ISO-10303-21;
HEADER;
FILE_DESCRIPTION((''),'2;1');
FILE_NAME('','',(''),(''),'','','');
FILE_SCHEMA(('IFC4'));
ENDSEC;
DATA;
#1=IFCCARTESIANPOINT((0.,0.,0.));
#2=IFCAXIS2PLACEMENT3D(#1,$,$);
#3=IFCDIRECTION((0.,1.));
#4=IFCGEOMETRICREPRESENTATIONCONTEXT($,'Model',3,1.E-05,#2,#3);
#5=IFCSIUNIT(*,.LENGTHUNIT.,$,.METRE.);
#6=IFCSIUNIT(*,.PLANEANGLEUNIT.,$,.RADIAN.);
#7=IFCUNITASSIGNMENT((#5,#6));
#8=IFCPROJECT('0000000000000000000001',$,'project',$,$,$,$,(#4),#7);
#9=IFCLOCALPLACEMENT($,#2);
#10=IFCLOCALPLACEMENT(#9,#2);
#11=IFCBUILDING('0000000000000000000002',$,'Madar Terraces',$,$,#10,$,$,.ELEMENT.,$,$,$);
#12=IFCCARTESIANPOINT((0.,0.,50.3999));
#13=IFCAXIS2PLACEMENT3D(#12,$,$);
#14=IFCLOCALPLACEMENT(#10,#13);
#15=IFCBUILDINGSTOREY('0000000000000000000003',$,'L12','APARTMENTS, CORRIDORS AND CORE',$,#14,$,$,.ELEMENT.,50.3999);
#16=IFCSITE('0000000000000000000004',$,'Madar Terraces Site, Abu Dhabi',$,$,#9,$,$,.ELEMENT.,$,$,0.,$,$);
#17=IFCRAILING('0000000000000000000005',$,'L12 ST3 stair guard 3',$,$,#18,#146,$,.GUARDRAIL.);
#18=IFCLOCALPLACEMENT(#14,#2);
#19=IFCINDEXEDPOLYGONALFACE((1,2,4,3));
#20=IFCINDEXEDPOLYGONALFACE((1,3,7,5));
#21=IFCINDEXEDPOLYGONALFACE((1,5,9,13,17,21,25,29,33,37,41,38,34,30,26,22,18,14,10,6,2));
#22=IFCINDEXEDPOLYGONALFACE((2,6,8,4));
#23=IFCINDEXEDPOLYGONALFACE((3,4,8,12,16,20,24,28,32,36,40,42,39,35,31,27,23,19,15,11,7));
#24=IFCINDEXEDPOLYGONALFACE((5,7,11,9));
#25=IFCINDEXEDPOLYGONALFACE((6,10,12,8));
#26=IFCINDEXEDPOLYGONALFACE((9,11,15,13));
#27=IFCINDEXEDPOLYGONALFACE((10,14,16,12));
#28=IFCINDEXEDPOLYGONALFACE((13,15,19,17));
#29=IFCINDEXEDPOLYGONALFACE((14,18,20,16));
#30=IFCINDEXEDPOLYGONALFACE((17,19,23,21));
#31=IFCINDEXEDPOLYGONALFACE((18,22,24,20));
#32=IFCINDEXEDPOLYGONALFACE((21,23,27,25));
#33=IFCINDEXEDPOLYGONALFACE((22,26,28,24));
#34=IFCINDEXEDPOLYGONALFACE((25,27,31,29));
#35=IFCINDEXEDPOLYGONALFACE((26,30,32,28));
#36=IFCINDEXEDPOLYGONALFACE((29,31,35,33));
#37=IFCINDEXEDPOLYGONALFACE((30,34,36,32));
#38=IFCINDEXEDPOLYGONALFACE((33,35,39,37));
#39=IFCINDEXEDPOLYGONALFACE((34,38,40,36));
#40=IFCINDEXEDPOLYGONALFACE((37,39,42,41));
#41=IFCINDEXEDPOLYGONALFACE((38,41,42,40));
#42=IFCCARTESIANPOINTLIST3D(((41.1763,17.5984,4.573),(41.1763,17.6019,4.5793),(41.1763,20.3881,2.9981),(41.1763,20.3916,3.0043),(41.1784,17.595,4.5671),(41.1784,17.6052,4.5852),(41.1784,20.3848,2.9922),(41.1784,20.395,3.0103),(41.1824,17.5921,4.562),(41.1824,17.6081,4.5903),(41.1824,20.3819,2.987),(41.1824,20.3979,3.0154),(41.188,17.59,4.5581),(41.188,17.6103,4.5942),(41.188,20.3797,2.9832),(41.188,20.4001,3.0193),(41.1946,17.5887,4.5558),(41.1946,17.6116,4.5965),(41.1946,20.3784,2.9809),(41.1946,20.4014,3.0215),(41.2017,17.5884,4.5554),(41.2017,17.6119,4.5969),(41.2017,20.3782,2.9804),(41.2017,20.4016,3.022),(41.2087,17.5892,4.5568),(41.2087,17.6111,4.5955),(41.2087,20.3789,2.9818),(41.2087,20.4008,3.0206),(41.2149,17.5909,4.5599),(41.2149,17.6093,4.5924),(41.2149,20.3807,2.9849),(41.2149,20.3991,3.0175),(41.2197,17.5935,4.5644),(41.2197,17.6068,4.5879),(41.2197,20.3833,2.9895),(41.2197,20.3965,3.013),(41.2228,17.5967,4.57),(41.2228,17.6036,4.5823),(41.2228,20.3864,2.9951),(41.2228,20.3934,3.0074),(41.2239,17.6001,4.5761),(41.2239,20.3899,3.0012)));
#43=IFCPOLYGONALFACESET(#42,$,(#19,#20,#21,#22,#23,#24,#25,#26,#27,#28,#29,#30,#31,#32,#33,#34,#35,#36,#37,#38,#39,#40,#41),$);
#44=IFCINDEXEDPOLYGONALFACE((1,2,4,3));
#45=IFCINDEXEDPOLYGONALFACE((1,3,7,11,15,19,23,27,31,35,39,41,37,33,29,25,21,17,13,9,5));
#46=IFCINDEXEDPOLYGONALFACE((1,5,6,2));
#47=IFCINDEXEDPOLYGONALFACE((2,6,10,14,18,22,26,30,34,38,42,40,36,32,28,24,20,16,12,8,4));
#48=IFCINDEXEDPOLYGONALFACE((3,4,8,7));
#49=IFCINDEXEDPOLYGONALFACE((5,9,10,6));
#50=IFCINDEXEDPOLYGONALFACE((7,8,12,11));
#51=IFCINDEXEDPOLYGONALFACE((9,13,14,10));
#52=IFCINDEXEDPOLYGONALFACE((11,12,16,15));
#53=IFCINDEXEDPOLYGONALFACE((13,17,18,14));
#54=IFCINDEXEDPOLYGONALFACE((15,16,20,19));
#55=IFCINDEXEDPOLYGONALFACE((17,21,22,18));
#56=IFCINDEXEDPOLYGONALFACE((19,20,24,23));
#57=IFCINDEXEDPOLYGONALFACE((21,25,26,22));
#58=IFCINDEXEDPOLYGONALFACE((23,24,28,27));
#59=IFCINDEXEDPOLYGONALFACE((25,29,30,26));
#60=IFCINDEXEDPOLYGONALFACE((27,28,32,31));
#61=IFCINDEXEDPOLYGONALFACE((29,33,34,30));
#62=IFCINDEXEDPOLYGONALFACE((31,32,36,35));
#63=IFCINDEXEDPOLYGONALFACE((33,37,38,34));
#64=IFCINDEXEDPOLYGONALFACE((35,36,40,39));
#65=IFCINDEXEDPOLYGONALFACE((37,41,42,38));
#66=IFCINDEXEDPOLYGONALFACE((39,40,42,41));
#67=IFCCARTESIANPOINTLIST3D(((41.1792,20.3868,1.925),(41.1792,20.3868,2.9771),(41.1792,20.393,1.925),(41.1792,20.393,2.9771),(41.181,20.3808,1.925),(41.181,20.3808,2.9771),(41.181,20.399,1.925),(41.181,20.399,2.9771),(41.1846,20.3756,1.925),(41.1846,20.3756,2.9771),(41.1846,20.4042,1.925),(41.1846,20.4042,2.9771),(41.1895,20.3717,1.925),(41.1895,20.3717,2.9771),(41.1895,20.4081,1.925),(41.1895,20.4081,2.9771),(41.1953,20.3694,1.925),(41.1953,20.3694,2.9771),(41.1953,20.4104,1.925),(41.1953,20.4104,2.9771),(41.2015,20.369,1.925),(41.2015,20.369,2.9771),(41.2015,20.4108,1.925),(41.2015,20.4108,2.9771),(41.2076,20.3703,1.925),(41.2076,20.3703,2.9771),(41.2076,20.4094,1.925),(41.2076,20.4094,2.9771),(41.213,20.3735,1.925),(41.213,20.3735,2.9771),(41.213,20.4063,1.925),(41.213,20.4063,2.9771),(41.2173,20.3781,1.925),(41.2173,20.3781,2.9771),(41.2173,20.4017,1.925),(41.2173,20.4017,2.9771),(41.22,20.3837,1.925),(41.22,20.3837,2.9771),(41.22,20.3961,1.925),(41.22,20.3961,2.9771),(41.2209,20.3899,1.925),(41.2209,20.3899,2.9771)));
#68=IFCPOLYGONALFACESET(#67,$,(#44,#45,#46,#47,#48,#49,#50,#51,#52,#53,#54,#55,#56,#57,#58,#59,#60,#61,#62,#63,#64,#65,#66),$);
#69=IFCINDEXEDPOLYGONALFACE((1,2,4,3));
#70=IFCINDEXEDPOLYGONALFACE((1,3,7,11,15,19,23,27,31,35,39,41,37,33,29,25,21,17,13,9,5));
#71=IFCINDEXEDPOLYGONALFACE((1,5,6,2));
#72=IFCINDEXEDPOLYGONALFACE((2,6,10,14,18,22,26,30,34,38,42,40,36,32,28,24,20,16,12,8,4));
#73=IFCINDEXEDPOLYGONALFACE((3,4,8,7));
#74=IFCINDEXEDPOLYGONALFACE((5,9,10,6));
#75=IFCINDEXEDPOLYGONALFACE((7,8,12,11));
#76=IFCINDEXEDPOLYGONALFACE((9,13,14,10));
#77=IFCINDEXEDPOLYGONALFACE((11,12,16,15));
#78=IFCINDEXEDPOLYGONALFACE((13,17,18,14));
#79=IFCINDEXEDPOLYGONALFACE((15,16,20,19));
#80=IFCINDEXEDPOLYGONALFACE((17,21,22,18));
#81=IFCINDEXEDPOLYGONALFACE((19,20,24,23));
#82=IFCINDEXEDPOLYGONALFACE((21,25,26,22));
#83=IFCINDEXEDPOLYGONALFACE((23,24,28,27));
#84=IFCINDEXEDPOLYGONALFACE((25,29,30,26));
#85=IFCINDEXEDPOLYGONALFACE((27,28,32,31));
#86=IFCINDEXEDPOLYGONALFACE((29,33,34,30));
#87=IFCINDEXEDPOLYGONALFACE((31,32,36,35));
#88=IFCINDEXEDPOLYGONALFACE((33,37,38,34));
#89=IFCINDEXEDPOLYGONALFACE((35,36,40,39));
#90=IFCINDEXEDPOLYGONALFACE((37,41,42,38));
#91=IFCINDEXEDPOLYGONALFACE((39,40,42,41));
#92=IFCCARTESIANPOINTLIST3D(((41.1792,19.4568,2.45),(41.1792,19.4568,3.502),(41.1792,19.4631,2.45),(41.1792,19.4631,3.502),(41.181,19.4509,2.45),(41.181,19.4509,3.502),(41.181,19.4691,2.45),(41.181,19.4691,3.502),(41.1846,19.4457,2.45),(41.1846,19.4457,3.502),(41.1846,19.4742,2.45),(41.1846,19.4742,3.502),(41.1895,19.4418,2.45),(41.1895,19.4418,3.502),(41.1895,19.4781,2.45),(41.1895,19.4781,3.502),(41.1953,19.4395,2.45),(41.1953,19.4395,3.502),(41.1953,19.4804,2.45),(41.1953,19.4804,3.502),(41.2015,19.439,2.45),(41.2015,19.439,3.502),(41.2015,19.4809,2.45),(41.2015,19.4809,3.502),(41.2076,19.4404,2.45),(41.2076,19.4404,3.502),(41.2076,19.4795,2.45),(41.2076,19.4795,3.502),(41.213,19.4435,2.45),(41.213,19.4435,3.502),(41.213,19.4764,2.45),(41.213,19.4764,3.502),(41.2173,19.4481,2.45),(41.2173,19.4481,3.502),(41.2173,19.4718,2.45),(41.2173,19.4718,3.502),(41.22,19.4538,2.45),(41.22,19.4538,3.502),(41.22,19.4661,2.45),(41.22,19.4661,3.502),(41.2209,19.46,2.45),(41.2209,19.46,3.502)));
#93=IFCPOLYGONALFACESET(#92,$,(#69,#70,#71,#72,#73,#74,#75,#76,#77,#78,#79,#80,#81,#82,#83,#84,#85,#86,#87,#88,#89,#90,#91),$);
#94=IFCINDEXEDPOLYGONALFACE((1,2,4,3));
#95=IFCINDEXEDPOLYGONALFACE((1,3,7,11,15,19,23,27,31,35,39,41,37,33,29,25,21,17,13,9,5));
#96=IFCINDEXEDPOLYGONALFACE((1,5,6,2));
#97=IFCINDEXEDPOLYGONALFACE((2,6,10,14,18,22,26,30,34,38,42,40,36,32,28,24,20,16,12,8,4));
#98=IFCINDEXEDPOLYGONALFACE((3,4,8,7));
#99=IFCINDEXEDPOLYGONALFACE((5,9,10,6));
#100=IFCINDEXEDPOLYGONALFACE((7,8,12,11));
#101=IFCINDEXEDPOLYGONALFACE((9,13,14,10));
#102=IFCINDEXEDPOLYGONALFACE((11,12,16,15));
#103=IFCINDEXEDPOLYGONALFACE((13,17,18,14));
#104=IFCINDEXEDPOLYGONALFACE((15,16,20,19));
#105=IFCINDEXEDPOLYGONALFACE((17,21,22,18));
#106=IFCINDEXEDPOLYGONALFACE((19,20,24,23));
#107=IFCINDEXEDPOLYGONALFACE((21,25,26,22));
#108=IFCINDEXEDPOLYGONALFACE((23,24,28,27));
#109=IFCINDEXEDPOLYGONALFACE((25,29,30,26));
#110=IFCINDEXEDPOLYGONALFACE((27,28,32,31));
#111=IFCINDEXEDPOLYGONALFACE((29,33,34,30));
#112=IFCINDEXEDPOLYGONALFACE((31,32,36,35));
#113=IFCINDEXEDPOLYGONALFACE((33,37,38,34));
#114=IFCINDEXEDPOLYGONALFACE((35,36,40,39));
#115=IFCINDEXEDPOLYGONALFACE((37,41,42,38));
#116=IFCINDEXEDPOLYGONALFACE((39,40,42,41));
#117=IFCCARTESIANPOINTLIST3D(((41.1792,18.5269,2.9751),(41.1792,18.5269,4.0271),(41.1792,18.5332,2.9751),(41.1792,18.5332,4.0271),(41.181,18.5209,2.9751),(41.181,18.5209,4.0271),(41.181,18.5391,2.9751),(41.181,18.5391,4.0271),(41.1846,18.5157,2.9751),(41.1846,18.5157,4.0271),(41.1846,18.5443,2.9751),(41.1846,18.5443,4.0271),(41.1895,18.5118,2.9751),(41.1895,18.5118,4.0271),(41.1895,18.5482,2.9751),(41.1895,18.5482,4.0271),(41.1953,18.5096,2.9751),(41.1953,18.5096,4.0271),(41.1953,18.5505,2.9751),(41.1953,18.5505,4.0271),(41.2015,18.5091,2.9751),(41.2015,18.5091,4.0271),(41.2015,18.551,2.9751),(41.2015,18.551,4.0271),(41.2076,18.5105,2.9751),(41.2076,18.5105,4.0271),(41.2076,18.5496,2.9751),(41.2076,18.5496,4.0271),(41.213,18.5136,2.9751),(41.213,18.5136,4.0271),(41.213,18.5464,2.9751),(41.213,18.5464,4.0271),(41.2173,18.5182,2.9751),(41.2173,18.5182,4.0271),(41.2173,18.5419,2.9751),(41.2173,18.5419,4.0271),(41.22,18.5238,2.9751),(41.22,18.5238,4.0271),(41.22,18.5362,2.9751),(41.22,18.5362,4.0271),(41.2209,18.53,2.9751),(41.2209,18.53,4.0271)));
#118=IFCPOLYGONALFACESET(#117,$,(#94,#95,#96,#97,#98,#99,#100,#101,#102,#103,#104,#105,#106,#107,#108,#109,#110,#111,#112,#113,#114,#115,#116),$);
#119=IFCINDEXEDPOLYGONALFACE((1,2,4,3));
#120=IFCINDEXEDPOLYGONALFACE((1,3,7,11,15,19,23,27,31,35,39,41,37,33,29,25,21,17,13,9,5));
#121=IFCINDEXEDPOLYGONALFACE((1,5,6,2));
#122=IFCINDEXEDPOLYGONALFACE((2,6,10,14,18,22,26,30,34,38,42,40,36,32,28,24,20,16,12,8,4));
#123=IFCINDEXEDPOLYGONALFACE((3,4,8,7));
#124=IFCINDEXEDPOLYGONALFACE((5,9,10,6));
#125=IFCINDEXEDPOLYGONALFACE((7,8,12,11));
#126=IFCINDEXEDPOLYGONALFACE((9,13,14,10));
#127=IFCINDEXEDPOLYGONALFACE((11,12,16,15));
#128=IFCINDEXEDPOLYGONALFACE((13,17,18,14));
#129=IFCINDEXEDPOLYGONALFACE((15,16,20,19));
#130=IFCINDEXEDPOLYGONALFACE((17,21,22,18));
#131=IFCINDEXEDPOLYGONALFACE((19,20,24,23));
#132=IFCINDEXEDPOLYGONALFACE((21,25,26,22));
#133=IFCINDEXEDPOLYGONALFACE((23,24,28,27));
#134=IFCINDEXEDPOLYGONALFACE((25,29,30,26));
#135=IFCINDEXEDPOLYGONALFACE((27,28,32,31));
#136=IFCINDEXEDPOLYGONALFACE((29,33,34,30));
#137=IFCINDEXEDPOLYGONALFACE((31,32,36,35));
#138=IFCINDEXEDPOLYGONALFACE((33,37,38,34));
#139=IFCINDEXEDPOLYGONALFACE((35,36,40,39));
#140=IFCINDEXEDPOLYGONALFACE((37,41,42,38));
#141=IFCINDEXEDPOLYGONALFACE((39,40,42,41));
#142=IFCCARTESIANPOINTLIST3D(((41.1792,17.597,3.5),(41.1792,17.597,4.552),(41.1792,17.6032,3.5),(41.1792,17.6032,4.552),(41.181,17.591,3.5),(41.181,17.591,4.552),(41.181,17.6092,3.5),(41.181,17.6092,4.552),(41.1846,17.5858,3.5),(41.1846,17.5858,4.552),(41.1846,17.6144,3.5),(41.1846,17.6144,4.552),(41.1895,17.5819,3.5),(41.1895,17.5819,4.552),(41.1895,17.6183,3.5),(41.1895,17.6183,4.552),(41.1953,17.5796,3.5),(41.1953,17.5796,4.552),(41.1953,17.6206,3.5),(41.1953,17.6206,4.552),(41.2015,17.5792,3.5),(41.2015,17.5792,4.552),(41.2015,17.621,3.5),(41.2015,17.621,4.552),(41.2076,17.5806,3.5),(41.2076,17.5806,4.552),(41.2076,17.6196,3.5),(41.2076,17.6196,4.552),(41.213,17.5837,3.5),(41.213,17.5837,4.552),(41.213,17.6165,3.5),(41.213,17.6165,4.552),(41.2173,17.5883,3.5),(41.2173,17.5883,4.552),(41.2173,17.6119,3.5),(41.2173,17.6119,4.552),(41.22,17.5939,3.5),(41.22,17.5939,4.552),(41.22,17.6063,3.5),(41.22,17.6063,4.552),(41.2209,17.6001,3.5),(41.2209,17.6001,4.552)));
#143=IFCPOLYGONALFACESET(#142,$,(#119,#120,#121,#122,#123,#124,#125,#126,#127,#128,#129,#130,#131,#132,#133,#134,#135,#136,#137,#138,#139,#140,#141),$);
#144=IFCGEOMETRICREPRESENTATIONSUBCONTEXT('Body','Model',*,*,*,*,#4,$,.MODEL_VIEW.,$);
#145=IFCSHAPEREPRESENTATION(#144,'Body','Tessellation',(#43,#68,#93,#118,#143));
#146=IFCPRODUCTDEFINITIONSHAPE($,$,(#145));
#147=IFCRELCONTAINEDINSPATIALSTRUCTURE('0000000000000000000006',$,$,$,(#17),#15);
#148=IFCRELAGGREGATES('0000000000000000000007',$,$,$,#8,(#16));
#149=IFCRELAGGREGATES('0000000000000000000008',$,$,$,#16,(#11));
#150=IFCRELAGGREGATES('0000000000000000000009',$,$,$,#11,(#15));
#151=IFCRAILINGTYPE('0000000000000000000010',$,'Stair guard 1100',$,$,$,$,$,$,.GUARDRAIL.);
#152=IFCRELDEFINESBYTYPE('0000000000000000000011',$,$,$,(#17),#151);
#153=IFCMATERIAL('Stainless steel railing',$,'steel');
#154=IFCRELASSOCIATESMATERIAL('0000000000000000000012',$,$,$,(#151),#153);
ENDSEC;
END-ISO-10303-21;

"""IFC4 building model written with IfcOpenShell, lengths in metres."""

from ifc_helpers import new_model, si_unit, direction, frame, origin, origin_2d, place, context, subcontext, project, spatial, circle, extrude, material, type_object, element, save


model = new_model("IFC4")

# Units and contexts
model_context = context("Model", 3, precision=1e-05, world=origin(), true_north=direction((0.0, 1.0)))
body_context = subcontext(model_context, "Body", "Model", "MODEL_VIEW")
ifc_project = project(units=[si_unit("LENGTHUNIT", "METRE"), si_unit("PLANEANGLEUNIT", "RADIAN")], contexts=[model_context])

# Site, building, storey
site_placement = place(None, origin())
site = spatial("IfcSite", under=ifc_project, at=site_placement, Name="Madar Terraces Site, Abu Dhabi", CompositionType="ELEMENT", RefElevation=0.0)
building_placement = place(site_placement, origin())
building = spatial("IfcBuilding", under=site, at=building_placement, Name="Madar Terraces", CompositionType="ELEMENT")
storey_placement = place(building_placement, frame((0.0, 0.0, 50.3999)))
storey = spatial("IfcBuildingStorey", under=building, at=storey_placement, Name="L12", Description="APARTMENTS, CORRIDORS AND CORE", CompositionType="ELEMENT", Elevation=50.3999)

# Railing
ifc_material_1 = material(Name="Stainless steel railing", Category="steel")
railing_type_1 = type_object("IfcRailingType", Name="Stair guard 1100", PredefinedType="GUARDRAIL", material=ifc_material_1)
railing_1_placement = place(storey_placement, frame((41.2, 20.3899, 1.925)))
element("IfcRailing", 1, at=railing_1_placement, inside=storey, type_object=railing_type_1, Name="L12 ST3 stair guard 3", PredefinedType="GUARDRAIL", context=body_context, shape_type="SweptSolid", body=[
    extrude(circle(Radius=0.0239, at=origin_2d()), frame((0.0, 0.0, 1.0762), z_axis=(0.0, -0.870815, 0.49161), x_axis=(1.0, 0.0, 0.0)), (0.0, 0.0, 1.0), 3.2036),
    extrude(circle(Radius=0.021, at=origin_2d()), origin(), (0.0, 0.0, 1.0), 1.052),
    extrude(circle(Radius=0.021, at=origin_2d()), frame((0.0, -0.9299, 0.5249)), (0.0, 0.0, 1.0), 1.052),
    extrude(circle(Radius=0.021, at=origin_2d()), frame((0.0, -1.8599, 1.05)), (0.0, 0.0, 1.0), 1.052),
    extrude(circle(Radius=0.021, at=origin_2d()), frame((0.0, -2.7898, 1.575)), (0.0, 0.0, 1.0), 1.052),
])

save(model, "model.ifc")
